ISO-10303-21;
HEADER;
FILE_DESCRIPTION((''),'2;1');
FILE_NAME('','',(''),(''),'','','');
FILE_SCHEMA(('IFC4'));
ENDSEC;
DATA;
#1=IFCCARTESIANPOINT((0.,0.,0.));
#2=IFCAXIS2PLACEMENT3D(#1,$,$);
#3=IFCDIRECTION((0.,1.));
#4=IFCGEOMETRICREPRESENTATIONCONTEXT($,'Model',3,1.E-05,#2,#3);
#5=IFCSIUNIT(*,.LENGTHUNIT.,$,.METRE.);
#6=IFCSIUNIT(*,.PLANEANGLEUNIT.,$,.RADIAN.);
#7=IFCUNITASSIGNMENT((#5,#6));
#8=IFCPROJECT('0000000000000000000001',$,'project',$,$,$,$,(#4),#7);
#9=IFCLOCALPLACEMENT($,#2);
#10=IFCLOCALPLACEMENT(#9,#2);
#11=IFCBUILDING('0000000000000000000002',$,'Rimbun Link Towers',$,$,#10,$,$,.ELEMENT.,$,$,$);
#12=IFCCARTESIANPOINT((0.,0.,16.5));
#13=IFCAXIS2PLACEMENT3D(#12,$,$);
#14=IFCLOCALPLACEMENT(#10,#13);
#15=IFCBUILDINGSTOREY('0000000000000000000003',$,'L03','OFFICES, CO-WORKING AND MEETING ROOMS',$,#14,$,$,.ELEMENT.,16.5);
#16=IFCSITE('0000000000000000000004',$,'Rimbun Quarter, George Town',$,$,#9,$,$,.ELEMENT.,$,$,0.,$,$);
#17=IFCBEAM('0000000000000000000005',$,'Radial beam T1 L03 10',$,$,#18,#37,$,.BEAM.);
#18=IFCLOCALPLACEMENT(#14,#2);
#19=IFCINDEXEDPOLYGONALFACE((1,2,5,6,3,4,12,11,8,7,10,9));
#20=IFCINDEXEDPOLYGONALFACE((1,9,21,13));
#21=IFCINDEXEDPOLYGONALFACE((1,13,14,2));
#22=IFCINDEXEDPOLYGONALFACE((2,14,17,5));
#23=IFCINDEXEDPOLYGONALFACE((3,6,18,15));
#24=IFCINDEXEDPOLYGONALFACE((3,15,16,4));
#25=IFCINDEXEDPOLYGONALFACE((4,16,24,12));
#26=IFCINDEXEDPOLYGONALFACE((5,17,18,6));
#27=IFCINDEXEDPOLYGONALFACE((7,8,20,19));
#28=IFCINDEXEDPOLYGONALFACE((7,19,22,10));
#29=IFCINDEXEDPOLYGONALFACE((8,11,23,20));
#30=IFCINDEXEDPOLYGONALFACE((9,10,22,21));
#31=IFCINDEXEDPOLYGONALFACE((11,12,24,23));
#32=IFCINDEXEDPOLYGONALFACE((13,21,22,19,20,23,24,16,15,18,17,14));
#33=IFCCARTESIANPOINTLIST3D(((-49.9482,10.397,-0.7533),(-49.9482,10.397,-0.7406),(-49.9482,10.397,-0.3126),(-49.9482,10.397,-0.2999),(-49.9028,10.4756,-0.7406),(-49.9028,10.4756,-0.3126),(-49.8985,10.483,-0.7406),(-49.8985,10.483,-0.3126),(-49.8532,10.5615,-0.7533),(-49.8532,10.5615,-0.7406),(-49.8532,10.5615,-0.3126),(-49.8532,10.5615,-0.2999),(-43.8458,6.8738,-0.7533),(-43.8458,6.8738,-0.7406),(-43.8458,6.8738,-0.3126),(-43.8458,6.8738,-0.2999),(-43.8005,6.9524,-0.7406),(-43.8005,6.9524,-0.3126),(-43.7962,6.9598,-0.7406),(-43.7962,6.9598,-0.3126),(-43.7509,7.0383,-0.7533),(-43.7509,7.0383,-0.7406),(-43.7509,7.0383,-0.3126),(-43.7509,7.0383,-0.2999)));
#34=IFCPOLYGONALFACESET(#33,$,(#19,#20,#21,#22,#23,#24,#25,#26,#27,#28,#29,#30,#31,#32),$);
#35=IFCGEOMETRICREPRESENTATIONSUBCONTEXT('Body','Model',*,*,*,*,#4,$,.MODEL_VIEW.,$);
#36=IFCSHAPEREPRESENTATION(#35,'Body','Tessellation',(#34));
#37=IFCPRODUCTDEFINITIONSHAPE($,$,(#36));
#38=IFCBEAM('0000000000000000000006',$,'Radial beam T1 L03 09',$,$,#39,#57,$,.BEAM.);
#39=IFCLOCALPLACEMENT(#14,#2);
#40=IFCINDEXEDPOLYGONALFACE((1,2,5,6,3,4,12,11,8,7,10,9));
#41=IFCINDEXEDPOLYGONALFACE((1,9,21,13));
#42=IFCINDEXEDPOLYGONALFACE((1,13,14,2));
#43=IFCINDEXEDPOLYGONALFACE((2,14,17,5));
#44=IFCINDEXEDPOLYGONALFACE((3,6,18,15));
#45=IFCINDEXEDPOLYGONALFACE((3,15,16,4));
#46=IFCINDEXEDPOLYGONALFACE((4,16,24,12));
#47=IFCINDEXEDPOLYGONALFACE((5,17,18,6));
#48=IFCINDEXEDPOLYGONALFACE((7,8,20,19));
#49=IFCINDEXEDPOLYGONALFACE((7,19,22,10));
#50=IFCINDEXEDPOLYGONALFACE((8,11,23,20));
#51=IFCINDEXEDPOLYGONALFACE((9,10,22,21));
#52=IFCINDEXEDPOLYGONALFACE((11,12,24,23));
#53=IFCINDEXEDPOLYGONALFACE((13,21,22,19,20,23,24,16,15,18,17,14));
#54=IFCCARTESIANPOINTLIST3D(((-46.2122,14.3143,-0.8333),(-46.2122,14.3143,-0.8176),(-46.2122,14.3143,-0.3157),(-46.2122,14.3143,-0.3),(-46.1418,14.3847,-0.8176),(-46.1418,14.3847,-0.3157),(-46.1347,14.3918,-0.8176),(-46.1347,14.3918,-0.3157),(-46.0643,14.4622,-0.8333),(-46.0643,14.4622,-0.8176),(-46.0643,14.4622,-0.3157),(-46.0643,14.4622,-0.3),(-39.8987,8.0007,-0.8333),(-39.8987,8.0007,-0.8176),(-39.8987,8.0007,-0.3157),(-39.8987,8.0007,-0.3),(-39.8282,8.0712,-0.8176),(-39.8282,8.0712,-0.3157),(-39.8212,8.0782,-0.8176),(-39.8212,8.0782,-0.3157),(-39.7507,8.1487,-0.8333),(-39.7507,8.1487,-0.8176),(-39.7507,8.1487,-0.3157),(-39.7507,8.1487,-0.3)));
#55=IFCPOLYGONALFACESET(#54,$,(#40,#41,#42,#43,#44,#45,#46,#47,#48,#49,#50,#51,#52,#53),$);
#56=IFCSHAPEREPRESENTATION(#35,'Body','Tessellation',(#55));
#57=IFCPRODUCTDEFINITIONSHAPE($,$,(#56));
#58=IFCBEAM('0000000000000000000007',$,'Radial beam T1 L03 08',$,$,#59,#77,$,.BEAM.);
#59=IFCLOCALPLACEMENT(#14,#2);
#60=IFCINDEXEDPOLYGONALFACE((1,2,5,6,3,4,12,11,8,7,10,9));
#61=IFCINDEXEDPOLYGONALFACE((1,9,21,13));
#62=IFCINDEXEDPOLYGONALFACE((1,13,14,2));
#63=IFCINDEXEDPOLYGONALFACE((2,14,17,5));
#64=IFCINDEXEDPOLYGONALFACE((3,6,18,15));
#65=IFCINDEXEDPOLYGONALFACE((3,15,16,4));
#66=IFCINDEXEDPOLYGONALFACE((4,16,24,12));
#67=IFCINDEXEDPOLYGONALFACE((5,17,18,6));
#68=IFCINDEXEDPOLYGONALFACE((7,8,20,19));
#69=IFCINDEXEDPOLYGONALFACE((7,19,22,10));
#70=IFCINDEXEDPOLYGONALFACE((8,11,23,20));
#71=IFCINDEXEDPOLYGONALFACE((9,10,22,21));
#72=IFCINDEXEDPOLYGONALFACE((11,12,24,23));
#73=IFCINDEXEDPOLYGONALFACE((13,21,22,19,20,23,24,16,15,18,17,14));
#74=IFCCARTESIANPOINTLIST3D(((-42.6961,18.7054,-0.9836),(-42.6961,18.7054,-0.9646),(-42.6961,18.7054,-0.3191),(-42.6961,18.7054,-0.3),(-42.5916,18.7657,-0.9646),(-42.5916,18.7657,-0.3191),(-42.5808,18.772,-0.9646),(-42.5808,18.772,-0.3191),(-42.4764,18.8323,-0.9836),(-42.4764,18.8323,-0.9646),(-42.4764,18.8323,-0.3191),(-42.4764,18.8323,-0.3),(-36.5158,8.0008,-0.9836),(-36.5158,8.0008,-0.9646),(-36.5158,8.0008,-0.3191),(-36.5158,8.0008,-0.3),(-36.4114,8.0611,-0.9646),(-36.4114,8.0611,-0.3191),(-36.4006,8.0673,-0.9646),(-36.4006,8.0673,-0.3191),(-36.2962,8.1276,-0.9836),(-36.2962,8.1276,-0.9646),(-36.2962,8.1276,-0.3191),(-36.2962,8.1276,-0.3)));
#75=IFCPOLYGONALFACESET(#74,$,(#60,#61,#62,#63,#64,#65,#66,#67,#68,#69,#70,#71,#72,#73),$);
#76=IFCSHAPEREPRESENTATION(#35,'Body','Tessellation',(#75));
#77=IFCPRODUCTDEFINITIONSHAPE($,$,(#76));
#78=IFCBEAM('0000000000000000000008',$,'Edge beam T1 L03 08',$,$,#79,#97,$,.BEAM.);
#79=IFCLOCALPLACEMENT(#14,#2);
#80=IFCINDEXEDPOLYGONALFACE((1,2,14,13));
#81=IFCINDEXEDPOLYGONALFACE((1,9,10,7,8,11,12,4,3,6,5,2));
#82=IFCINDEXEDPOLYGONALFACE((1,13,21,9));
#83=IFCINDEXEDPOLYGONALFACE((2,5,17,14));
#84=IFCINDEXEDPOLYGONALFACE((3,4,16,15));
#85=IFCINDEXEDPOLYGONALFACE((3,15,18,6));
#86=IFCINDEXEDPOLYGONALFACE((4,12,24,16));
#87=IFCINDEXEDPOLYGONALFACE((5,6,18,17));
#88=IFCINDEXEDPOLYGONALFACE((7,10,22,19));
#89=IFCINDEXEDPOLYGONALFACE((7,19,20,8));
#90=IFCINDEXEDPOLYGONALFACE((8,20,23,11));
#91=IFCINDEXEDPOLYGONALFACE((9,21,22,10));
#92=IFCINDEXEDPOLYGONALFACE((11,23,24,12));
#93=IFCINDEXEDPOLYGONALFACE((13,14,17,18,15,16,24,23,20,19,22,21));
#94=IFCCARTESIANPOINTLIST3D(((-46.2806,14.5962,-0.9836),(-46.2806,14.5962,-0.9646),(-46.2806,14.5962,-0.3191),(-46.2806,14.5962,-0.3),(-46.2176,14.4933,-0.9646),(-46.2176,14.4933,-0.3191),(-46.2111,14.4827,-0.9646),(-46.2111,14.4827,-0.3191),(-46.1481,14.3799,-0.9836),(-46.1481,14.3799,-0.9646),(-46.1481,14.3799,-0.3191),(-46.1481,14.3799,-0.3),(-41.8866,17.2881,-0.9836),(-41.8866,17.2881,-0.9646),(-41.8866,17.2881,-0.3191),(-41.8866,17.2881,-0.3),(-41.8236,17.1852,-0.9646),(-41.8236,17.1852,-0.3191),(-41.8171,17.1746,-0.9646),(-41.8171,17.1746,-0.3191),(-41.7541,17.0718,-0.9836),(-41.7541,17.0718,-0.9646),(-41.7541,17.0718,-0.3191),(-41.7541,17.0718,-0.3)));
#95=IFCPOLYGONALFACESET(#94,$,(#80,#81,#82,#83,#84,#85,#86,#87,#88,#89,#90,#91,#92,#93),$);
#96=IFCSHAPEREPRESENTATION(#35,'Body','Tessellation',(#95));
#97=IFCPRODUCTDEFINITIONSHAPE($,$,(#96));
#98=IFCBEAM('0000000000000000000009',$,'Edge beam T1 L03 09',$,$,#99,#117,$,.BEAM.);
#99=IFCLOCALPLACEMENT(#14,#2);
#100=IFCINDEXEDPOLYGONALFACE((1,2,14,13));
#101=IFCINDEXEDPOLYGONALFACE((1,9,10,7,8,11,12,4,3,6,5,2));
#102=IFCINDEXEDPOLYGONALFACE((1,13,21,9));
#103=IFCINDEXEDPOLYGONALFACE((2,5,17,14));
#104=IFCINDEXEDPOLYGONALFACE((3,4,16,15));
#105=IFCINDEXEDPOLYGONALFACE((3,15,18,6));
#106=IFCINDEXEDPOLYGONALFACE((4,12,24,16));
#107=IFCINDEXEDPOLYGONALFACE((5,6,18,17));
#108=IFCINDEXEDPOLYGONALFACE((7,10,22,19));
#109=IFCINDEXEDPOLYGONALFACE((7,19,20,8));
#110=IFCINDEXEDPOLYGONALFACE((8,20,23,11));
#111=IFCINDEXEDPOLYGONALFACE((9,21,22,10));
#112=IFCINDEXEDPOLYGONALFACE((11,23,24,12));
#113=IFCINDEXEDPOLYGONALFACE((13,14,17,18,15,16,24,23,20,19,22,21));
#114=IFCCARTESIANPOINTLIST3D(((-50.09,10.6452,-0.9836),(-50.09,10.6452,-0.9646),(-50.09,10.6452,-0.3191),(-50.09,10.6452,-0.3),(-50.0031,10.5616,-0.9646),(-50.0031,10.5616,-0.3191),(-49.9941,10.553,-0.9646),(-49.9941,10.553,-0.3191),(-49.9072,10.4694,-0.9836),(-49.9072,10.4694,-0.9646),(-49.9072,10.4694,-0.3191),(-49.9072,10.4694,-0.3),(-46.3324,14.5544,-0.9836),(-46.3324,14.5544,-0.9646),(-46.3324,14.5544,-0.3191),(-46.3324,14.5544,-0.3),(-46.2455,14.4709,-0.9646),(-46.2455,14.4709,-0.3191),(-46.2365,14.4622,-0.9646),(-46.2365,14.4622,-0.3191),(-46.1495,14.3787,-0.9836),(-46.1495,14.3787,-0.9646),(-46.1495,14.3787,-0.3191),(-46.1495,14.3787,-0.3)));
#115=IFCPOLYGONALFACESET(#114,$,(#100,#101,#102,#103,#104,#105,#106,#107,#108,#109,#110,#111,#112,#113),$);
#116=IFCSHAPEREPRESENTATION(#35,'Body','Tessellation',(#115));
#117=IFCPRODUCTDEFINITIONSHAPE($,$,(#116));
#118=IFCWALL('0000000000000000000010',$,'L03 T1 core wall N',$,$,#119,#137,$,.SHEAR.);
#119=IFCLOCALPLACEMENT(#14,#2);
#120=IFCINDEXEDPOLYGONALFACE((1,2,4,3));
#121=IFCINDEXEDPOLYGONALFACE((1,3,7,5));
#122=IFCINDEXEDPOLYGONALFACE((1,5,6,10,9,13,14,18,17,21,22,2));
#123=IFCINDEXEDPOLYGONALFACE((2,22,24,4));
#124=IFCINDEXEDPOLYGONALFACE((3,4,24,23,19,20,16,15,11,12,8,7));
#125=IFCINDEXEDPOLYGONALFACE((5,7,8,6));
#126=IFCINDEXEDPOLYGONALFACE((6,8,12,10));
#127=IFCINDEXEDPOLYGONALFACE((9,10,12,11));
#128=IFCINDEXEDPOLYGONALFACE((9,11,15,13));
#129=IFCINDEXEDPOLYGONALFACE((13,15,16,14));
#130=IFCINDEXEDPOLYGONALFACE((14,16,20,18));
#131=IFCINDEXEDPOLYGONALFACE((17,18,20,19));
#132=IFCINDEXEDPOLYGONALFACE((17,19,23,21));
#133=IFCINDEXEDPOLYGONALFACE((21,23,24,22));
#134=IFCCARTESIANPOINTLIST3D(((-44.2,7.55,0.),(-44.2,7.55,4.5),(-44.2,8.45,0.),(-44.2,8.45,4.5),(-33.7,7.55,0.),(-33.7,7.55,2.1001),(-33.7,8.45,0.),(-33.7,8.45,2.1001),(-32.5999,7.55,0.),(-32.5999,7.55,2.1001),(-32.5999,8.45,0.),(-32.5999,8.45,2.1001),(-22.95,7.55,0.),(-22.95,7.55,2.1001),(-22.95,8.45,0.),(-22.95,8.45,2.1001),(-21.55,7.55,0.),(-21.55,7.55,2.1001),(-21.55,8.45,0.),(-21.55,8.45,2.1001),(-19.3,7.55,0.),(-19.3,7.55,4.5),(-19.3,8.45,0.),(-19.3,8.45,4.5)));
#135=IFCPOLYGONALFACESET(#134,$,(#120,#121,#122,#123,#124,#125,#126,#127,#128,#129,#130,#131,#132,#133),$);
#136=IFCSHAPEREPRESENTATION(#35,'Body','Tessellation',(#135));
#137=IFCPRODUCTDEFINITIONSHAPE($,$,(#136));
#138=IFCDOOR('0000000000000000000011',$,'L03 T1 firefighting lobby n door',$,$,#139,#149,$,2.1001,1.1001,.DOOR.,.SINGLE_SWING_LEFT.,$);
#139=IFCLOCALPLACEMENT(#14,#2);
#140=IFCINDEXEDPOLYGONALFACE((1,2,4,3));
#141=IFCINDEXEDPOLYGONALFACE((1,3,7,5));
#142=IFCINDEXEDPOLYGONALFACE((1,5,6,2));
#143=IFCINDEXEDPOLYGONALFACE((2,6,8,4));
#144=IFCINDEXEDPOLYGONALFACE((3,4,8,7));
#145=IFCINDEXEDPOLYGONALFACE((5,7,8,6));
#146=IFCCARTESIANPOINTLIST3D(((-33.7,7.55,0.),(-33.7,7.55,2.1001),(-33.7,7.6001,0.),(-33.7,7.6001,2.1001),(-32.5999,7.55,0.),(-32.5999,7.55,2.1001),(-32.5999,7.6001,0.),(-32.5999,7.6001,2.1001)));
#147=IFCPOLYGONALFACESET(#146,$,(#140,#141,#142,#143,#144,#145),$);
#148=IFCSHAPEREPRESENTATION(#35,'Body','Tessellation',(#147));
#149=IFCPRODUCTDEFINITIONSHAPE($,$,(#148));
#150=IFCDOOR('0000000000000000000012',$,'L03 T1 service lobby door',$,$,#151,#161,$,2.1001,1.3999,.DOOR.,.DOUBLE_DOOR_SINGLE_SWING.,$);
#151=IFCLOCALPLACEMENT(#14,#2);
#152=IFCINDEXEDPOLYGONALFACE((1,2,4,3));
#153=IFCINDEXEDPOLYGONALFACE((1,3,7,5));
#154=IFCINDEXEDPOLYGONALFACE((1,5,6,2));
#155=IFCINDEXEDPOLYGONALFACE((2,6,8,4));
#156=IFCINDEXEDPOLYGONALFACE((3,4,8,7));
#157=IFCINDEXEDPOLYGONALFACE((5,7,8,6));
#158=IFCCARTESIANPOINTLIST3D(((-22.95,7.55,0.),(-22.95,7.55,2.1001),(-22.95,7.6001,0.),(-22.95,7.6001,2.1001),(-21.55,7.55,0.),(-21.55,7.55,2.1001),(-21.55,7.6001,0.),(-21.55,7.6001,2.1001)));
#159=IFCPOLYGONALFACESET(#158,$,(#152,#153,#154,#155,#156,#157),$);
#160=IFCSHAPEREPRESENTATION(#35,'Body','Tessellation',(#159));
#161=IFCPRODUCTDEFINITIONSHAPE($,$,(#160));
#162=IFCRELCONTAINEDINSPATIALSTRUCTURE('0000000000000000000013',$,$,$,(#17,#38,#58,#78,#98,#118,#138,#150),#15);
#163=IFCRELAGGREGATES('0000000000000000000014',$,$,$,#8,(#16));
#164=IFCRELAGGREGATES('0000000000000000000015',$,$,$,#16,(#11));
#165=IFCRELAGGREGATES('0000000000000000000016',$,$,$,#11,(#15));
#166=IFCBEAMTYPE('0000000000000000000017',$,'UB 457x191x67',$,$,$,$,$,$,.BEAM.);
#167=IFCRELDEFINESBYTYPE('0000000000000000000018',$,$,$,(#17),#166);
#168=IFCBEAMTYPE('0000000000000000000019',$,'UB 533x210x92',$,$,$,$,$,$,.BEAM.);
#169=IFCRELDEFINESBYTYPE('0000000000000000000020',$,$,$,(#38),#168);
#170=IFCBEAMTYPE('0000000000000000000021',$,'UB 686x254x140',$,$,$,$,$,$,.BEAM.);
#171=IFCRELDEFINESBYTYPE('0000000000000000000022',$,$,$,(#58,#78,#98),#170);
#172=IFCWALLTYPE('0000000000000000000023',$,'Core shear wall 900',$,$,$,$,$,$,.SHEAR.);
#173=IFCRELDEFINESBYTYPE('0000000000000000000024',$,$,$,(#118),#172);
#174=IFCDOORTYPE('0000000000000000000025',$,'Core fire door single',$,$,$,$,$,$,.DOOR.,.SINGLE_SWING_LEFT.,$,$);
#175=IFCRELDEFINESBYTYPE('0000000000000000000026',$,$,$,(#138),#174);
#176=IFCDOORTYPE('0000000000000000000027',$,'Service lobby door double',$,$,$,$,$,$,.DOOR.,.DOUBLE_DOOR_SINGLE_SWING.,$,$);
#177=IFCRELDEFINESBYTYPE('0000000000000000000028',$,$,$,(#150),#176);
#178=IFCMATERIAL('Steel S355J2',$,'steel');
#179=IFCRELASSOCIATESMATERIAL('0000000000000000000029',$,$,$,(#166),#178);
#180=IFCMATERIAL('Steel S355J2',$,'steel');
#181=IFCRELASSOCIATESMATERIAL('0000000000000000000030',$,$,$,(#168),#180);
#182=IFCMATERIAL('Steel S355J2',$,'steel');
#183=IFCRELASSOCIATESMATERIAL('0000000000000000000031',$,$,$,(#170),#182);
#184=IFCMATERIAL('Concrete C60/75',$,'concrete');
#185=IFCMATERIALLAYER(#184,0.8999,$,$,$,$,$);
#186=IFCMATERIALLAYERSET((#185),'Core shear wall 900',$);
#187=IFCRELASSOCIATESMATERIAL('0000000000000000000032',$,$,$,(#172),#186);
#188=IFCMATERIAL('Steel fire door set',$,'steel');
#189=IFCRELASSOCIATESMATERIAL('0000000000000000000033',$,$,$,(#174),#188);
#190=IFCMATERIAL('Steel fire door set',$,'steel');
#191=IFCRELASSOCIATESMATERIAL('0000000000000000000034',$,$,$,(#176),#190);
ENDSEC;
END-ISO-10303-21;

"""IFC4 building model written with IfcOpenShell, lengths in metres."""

from ifc_helpers import new_model, si_unit, direction, frame, frame_2d, origin, origin_2d, place, context, subcontext, project, spatial, rectangle, i_section, extrude, material, layer, layer_set, material_profile, profile_set, type_object, element, fill, save


model = new_model("IFC4")

# Units and contexts
model_context = context("Model", 3, precision=1e-05, world=origin(), true_north=direction((0.0, 1.0)))
body_context = subcontext(model_context, "Body", "Model", "MODEL_VIEW")
ifc_project = project(units=[si_unit("LENGTHUNIT", "METRE"), si_unit("PLANEANGLEUNIT", "RADIAN")], contexts=[model_context])

# Site, building, storey
site_placement = place(None, origin())
site = spatial("IfcSite", under=ifc_project, at=site_placement, Name="Rimbun Quarter, George Town", CompositionType="ELEMENT", RefElevation=0.0)
building_placement = place(site_placement, origin())
building = spatial("IfcBuilding", under=site, at=building_placement, Name="Rimbun Link Towers", CompositionType="ELEMENT")
storey_placement = place(building_placement, frame((0.0, 0.0, 16.5)))
storey = spatial("IfcBuildingStorey", under=building, at=storey_placement, Name="L03", Description="OFFICES, CO-WORKING AND MEETING ROOMS", CompositionType="ELEMENT", Elevation=16.5)

# Beams
ifc_material_1 = material(Name="Steel S355J2", Category="steel")
ifc_material_profile_1 = material_profile(ifc_material_1, i_section(OverallWidth=0.1899, OverallDepth=0.4534, WebThickness=0.0085, FlangeThickness=0.0127, at=origin_2d()), Name="UB 457x191x67")
ifc_profile_set_1 = profile_set([ifc_material_profile_1], Name="Steel S355J2")
beam_type_1 = type_object("IfcBeamType", Name="UB 457x191x67", PredefinedType="BEAM", material=ifc_profile_set_1)
beam_1_placement = place(storey_placement, frame((-43.7983, 6.9561, -0.5266), z_axis=(-0.866023, 0.500003, 0.0), x_axis=(-0.500003, -0.866023, 0.0)))
element("IfcBeam", 1, at=beam_1_placement, inside=storey, type_object=beam_type_1, Name="Radial beam T1 L03 10", PredefinedType="BEAM", context=body_context, shape_type="SweptSolid", body=[
    extrude(i_section(OverallWidth=0.1899, OverallDepth=0.4534, WebThickness=0.0085, FlangeThickness=0.0127, at=origin_2d()), origin(), (0.0, 0.0, 1.0), 7.0464),
])
ifc_material_2 = material(Name="Steel S355J2", Category="steel")
ifc_material_profile_2 = material_profile(ifc_material_2, i_section(OverallWidth=0.2092, OverallDepth=0.5332, WebThickness=0.01, FlangeThickness=0.0156, at=origin_2d()), Name="UB 533x210x92")
ifc_profile_set_2 = profile_set([ifc_material_profile_2], Name="Steel S355J2")
beam_type_2 = type_object("IfcBeamType", Name="UB 533x210x92", PredefinedType="BEAM", material=ifc_profile_set_2)
beam_2_placement = place(storey_placement, frame((-39.8247, 8.0747, -0.5667), z_axis=(-0.707107, 0.707107, 0.0), x_axis=(-0.707107, -0.707107, 0.0)))
element("IfcBeam", 2, at=beam_2_placement, inside=storey, type_object=beam_type_2, Name="Radial beam T1 L03 09", PredefinedType="BEAM", context=body_context, shape_type="SweptSolid", body=[
    extrude(i_section(OverallWidth=0.2092, OverallDepth=0.5332, WebThickness=0.01, FlangeThickness=0.0156, at=origin_2d()), origin(), (0.0, 0.0, 1.0), 8.9287),
])
ifc_material_3 = material(Name="Steel S355J2", Category="steel")
ifc_material_profile_3 = material_profile(ifc_material_3, i_section(OverallWidth=0.2537, OverallDepth=0.6836, WebThickness=0.0125, FlangeThickness=0.019, at=origin_2d()), Name="UB 686x254x140")
ifc_profile_set_3 = profile_set([ifc_material_profile_3], Name="Steel S355J2")
beam_type_3 = type_object("IfcBeamType", Name="UB 686x254x140", PredefinedType="BEAM", material=ifc_profile_set_3)
beam_3_placement = place(storey_placement, frame((-36.406, 8.0642, -0.6418), z_axis=(-0.499993, 0.86603, 0.0), x_axis=(-0.86603, -0.499993, 0.0)))
element("IfcBeam", 3, at=beam_3_placement, inside=storey, type_object=beam_type_3, Name="Radial beam T1 L03 08", PredefinedType="BEAM", context=body_context, shape_type="SweptSolid", body=[
    extrude(i_section(OverallWidth=0.2537, OverallDepth=0.6836, WebThickness=0.0125, FlangeThickness=0.019, at=origin_2d()), origin(), (0.0, 0.0, 1.0), 12.3606),
])
beam_4_placement = place(storey_placement, frame((-41.8203, 17.1799, -0.6418), z_axis=(-0.852707, -0.522389, 0.0), x_axis=(0.522389, -0.852707, 0.0)))
element("IfcBeam", 4, at=beam_4_placement, inside=storey, type_object=beam_type_3, Name="Edge beam T1 L03 08", PredefinedType="BEAM", context=body_context, shape_type="SweptSolid", body=[
    extrude(i_section(OverallWidth=0.2537, OverallDepth=0.6836, WebThickness=0.0125, FlangeThickness=0.019, at=origin_2d()), origin(), (0.0, 0.0, 1.0), 5.1531),
])
beam_5_placement = place(storey_placement, frame((-46.241, 14.4666, -0.6418), z_axis=(-0.692988, -0.720949, 0.0), x_axis=(0.720949, -0.692988, 0.0)))
element("IfcBeam", 5, at=beam_5_placement, inside=storey, type_object=beam_type_3, Name="Edge beam T1 L03 09", PredefinedType="BEAM", context=body_context, shape_type="SweptSolid", body=[
    extrude(i_section(OverallWidth=0.2537, OverallDepth=0.6836, WebThickness=0.0125, FlangeThickness=0.019, at=origin_2d()), origin(), (0.0, 0.0, 1.0), 5.4224),
])

# Wall, openings, doors
ifc_material_4 = material(Name="Concrete C60/75", Category="concrete")
ifc_layer_1 = layer(ifc_material_4, 0.8999)
ifc_layer_set_1 = layer_set([ifc_layer_1], Name="Core shear wall 900")
wall_type_1 = type_object("IfcWallType", Name="Core shear wall 900", PredefinedType="SHEAR", material=ifc_layer_set_1)
wall_1_placement = place(storey_placement, frame((-44.2, 8.0, 0.0), z_axis=(0.0, 0.0, 1.0), x_axis=(1.0, 0.0, 0.0)))
wall_1 = element("IfcWall", 6, at=wall_1_placement, inside=storey, type_object=wall_type_1, Name="L03 T1 core wall N", PredefinedType="SHEAR", context=body_context, shape_type="SweptSolid", body=[
    extrude(rectangle(XDim=24.8999, YDim=0.8999, at=frame_2d((12.45, 0.0))), origin(), (0.0, 0.0, 1.0), 4.5),
])
opening_1_placement = place(wall_1_placement, frame((10.5, 0.0, 0.0)))
opening_1 = element("IfcOpeningElement", 7, at=opening_1_placement, cuts=wall_1, PredefinedType="OPENING", context=body_context, shape_type="SweptSolid", body=[
    extrude(rectangle(XDim=1.1001, YDim=2.1001, at=frame_2d((0.55, 1.05))), frame((0.0, 0.46, 0.0), z_axis=(0.0, -1.0, 0.0), x_axis=(1.0, 0.0, 0.0)), (0.0, 0.0, 1.0), 0.9199),
])
opening_2_placement = place(wall_1_placement, frame((21.25, 0.0, 0.0)))
opening_2 = element("IfcOpeningElement", 8, at=opening_2_placement, cuts=wall_1, PredefinedType="OPENING", context=body_context, shape_type="SweptSolid", body=[
    extrude(rectangle(XDim=1.3999, YDim=2.1001, at=frame_2d((0.7, 1.05))), frame((0.0, 0.46, 0.0), z_axis=(0.0, -1.0, 0.0), x_axis=(1.0, 0.0, 0.0)), (0.0, 0.0, 1.0), 0.9199),
])
ifc_material_5 = material(Name="Steel fire door set", Category="steel")
door_type_1 = type_object("IfcDoorType", Name="Core fire door single", OperationType="SINGLE_SWING_LEFT", PredefinedType="DOOR", material=ifc_material_5)
door_1_placement = place(opening_1_placement, origin())
door_1 = element("IfcDoor", 9, at=door_1_placement, inside=storey, type_object=door_type_1, Name="L03 T1 firefighting lobby n door", OperationType="SINGLE_SWING_LEFT", OverallHeight=2.1001, OverallWidth=1.1001, PredefinedType="DOOR", context=body_context, shape_type="SweptSolid", body=[
    extrude(rectangle(XDim=1.1001, YDim=2.1001, at=frame_2d((0.55, 1.05))), frame((0.0, -0.3999, 0.0), z_axis=(0.0, -1.0, 0.0), x_axis=(1.0, 0.0, 0.0)), (0.0, 0.0, 1.0), 0.05),
])
fill(opening_1, door_1)
ifc_material_6 = material(Name="Steel fire door set", Category="steel")
door_type_2 = type_object("IfcDoorType", Name="Service lobby door double", OperationType="DOUBLE_DOOR_SINGLE_SWING", PredefinedType="DOOR", material=ifc_material_6)
door_2_placement = place(opening_2_placement, origin())
door_2 = element("IfcDoor", 10, at=door_2_placement, inside=storey, type_object=door_type_2, Name="L03 T1 service lobby door", OperationType="DOUBLE_DOOR_SINGLE_SWING", OverallHeight=2.1001, OverallWidth=1.3999, PredefinedType="DOOR", context=body_context, shape_type="SweptSolid", body=[
    extrude(rectangle(XDim=1.3999, YDim=2.1001, at=frame_2d((0.7, 1.05))), frame((0.0, -0.3999, 0.0), z_axis=(0.0, -1.0, 0.0), x_axis=(1.0, 0.0, 0.0)), (0.0, 0.0, 1.0), 0.05),
])
fill(opening_2, door_2)

save(model, "model.ifc")
